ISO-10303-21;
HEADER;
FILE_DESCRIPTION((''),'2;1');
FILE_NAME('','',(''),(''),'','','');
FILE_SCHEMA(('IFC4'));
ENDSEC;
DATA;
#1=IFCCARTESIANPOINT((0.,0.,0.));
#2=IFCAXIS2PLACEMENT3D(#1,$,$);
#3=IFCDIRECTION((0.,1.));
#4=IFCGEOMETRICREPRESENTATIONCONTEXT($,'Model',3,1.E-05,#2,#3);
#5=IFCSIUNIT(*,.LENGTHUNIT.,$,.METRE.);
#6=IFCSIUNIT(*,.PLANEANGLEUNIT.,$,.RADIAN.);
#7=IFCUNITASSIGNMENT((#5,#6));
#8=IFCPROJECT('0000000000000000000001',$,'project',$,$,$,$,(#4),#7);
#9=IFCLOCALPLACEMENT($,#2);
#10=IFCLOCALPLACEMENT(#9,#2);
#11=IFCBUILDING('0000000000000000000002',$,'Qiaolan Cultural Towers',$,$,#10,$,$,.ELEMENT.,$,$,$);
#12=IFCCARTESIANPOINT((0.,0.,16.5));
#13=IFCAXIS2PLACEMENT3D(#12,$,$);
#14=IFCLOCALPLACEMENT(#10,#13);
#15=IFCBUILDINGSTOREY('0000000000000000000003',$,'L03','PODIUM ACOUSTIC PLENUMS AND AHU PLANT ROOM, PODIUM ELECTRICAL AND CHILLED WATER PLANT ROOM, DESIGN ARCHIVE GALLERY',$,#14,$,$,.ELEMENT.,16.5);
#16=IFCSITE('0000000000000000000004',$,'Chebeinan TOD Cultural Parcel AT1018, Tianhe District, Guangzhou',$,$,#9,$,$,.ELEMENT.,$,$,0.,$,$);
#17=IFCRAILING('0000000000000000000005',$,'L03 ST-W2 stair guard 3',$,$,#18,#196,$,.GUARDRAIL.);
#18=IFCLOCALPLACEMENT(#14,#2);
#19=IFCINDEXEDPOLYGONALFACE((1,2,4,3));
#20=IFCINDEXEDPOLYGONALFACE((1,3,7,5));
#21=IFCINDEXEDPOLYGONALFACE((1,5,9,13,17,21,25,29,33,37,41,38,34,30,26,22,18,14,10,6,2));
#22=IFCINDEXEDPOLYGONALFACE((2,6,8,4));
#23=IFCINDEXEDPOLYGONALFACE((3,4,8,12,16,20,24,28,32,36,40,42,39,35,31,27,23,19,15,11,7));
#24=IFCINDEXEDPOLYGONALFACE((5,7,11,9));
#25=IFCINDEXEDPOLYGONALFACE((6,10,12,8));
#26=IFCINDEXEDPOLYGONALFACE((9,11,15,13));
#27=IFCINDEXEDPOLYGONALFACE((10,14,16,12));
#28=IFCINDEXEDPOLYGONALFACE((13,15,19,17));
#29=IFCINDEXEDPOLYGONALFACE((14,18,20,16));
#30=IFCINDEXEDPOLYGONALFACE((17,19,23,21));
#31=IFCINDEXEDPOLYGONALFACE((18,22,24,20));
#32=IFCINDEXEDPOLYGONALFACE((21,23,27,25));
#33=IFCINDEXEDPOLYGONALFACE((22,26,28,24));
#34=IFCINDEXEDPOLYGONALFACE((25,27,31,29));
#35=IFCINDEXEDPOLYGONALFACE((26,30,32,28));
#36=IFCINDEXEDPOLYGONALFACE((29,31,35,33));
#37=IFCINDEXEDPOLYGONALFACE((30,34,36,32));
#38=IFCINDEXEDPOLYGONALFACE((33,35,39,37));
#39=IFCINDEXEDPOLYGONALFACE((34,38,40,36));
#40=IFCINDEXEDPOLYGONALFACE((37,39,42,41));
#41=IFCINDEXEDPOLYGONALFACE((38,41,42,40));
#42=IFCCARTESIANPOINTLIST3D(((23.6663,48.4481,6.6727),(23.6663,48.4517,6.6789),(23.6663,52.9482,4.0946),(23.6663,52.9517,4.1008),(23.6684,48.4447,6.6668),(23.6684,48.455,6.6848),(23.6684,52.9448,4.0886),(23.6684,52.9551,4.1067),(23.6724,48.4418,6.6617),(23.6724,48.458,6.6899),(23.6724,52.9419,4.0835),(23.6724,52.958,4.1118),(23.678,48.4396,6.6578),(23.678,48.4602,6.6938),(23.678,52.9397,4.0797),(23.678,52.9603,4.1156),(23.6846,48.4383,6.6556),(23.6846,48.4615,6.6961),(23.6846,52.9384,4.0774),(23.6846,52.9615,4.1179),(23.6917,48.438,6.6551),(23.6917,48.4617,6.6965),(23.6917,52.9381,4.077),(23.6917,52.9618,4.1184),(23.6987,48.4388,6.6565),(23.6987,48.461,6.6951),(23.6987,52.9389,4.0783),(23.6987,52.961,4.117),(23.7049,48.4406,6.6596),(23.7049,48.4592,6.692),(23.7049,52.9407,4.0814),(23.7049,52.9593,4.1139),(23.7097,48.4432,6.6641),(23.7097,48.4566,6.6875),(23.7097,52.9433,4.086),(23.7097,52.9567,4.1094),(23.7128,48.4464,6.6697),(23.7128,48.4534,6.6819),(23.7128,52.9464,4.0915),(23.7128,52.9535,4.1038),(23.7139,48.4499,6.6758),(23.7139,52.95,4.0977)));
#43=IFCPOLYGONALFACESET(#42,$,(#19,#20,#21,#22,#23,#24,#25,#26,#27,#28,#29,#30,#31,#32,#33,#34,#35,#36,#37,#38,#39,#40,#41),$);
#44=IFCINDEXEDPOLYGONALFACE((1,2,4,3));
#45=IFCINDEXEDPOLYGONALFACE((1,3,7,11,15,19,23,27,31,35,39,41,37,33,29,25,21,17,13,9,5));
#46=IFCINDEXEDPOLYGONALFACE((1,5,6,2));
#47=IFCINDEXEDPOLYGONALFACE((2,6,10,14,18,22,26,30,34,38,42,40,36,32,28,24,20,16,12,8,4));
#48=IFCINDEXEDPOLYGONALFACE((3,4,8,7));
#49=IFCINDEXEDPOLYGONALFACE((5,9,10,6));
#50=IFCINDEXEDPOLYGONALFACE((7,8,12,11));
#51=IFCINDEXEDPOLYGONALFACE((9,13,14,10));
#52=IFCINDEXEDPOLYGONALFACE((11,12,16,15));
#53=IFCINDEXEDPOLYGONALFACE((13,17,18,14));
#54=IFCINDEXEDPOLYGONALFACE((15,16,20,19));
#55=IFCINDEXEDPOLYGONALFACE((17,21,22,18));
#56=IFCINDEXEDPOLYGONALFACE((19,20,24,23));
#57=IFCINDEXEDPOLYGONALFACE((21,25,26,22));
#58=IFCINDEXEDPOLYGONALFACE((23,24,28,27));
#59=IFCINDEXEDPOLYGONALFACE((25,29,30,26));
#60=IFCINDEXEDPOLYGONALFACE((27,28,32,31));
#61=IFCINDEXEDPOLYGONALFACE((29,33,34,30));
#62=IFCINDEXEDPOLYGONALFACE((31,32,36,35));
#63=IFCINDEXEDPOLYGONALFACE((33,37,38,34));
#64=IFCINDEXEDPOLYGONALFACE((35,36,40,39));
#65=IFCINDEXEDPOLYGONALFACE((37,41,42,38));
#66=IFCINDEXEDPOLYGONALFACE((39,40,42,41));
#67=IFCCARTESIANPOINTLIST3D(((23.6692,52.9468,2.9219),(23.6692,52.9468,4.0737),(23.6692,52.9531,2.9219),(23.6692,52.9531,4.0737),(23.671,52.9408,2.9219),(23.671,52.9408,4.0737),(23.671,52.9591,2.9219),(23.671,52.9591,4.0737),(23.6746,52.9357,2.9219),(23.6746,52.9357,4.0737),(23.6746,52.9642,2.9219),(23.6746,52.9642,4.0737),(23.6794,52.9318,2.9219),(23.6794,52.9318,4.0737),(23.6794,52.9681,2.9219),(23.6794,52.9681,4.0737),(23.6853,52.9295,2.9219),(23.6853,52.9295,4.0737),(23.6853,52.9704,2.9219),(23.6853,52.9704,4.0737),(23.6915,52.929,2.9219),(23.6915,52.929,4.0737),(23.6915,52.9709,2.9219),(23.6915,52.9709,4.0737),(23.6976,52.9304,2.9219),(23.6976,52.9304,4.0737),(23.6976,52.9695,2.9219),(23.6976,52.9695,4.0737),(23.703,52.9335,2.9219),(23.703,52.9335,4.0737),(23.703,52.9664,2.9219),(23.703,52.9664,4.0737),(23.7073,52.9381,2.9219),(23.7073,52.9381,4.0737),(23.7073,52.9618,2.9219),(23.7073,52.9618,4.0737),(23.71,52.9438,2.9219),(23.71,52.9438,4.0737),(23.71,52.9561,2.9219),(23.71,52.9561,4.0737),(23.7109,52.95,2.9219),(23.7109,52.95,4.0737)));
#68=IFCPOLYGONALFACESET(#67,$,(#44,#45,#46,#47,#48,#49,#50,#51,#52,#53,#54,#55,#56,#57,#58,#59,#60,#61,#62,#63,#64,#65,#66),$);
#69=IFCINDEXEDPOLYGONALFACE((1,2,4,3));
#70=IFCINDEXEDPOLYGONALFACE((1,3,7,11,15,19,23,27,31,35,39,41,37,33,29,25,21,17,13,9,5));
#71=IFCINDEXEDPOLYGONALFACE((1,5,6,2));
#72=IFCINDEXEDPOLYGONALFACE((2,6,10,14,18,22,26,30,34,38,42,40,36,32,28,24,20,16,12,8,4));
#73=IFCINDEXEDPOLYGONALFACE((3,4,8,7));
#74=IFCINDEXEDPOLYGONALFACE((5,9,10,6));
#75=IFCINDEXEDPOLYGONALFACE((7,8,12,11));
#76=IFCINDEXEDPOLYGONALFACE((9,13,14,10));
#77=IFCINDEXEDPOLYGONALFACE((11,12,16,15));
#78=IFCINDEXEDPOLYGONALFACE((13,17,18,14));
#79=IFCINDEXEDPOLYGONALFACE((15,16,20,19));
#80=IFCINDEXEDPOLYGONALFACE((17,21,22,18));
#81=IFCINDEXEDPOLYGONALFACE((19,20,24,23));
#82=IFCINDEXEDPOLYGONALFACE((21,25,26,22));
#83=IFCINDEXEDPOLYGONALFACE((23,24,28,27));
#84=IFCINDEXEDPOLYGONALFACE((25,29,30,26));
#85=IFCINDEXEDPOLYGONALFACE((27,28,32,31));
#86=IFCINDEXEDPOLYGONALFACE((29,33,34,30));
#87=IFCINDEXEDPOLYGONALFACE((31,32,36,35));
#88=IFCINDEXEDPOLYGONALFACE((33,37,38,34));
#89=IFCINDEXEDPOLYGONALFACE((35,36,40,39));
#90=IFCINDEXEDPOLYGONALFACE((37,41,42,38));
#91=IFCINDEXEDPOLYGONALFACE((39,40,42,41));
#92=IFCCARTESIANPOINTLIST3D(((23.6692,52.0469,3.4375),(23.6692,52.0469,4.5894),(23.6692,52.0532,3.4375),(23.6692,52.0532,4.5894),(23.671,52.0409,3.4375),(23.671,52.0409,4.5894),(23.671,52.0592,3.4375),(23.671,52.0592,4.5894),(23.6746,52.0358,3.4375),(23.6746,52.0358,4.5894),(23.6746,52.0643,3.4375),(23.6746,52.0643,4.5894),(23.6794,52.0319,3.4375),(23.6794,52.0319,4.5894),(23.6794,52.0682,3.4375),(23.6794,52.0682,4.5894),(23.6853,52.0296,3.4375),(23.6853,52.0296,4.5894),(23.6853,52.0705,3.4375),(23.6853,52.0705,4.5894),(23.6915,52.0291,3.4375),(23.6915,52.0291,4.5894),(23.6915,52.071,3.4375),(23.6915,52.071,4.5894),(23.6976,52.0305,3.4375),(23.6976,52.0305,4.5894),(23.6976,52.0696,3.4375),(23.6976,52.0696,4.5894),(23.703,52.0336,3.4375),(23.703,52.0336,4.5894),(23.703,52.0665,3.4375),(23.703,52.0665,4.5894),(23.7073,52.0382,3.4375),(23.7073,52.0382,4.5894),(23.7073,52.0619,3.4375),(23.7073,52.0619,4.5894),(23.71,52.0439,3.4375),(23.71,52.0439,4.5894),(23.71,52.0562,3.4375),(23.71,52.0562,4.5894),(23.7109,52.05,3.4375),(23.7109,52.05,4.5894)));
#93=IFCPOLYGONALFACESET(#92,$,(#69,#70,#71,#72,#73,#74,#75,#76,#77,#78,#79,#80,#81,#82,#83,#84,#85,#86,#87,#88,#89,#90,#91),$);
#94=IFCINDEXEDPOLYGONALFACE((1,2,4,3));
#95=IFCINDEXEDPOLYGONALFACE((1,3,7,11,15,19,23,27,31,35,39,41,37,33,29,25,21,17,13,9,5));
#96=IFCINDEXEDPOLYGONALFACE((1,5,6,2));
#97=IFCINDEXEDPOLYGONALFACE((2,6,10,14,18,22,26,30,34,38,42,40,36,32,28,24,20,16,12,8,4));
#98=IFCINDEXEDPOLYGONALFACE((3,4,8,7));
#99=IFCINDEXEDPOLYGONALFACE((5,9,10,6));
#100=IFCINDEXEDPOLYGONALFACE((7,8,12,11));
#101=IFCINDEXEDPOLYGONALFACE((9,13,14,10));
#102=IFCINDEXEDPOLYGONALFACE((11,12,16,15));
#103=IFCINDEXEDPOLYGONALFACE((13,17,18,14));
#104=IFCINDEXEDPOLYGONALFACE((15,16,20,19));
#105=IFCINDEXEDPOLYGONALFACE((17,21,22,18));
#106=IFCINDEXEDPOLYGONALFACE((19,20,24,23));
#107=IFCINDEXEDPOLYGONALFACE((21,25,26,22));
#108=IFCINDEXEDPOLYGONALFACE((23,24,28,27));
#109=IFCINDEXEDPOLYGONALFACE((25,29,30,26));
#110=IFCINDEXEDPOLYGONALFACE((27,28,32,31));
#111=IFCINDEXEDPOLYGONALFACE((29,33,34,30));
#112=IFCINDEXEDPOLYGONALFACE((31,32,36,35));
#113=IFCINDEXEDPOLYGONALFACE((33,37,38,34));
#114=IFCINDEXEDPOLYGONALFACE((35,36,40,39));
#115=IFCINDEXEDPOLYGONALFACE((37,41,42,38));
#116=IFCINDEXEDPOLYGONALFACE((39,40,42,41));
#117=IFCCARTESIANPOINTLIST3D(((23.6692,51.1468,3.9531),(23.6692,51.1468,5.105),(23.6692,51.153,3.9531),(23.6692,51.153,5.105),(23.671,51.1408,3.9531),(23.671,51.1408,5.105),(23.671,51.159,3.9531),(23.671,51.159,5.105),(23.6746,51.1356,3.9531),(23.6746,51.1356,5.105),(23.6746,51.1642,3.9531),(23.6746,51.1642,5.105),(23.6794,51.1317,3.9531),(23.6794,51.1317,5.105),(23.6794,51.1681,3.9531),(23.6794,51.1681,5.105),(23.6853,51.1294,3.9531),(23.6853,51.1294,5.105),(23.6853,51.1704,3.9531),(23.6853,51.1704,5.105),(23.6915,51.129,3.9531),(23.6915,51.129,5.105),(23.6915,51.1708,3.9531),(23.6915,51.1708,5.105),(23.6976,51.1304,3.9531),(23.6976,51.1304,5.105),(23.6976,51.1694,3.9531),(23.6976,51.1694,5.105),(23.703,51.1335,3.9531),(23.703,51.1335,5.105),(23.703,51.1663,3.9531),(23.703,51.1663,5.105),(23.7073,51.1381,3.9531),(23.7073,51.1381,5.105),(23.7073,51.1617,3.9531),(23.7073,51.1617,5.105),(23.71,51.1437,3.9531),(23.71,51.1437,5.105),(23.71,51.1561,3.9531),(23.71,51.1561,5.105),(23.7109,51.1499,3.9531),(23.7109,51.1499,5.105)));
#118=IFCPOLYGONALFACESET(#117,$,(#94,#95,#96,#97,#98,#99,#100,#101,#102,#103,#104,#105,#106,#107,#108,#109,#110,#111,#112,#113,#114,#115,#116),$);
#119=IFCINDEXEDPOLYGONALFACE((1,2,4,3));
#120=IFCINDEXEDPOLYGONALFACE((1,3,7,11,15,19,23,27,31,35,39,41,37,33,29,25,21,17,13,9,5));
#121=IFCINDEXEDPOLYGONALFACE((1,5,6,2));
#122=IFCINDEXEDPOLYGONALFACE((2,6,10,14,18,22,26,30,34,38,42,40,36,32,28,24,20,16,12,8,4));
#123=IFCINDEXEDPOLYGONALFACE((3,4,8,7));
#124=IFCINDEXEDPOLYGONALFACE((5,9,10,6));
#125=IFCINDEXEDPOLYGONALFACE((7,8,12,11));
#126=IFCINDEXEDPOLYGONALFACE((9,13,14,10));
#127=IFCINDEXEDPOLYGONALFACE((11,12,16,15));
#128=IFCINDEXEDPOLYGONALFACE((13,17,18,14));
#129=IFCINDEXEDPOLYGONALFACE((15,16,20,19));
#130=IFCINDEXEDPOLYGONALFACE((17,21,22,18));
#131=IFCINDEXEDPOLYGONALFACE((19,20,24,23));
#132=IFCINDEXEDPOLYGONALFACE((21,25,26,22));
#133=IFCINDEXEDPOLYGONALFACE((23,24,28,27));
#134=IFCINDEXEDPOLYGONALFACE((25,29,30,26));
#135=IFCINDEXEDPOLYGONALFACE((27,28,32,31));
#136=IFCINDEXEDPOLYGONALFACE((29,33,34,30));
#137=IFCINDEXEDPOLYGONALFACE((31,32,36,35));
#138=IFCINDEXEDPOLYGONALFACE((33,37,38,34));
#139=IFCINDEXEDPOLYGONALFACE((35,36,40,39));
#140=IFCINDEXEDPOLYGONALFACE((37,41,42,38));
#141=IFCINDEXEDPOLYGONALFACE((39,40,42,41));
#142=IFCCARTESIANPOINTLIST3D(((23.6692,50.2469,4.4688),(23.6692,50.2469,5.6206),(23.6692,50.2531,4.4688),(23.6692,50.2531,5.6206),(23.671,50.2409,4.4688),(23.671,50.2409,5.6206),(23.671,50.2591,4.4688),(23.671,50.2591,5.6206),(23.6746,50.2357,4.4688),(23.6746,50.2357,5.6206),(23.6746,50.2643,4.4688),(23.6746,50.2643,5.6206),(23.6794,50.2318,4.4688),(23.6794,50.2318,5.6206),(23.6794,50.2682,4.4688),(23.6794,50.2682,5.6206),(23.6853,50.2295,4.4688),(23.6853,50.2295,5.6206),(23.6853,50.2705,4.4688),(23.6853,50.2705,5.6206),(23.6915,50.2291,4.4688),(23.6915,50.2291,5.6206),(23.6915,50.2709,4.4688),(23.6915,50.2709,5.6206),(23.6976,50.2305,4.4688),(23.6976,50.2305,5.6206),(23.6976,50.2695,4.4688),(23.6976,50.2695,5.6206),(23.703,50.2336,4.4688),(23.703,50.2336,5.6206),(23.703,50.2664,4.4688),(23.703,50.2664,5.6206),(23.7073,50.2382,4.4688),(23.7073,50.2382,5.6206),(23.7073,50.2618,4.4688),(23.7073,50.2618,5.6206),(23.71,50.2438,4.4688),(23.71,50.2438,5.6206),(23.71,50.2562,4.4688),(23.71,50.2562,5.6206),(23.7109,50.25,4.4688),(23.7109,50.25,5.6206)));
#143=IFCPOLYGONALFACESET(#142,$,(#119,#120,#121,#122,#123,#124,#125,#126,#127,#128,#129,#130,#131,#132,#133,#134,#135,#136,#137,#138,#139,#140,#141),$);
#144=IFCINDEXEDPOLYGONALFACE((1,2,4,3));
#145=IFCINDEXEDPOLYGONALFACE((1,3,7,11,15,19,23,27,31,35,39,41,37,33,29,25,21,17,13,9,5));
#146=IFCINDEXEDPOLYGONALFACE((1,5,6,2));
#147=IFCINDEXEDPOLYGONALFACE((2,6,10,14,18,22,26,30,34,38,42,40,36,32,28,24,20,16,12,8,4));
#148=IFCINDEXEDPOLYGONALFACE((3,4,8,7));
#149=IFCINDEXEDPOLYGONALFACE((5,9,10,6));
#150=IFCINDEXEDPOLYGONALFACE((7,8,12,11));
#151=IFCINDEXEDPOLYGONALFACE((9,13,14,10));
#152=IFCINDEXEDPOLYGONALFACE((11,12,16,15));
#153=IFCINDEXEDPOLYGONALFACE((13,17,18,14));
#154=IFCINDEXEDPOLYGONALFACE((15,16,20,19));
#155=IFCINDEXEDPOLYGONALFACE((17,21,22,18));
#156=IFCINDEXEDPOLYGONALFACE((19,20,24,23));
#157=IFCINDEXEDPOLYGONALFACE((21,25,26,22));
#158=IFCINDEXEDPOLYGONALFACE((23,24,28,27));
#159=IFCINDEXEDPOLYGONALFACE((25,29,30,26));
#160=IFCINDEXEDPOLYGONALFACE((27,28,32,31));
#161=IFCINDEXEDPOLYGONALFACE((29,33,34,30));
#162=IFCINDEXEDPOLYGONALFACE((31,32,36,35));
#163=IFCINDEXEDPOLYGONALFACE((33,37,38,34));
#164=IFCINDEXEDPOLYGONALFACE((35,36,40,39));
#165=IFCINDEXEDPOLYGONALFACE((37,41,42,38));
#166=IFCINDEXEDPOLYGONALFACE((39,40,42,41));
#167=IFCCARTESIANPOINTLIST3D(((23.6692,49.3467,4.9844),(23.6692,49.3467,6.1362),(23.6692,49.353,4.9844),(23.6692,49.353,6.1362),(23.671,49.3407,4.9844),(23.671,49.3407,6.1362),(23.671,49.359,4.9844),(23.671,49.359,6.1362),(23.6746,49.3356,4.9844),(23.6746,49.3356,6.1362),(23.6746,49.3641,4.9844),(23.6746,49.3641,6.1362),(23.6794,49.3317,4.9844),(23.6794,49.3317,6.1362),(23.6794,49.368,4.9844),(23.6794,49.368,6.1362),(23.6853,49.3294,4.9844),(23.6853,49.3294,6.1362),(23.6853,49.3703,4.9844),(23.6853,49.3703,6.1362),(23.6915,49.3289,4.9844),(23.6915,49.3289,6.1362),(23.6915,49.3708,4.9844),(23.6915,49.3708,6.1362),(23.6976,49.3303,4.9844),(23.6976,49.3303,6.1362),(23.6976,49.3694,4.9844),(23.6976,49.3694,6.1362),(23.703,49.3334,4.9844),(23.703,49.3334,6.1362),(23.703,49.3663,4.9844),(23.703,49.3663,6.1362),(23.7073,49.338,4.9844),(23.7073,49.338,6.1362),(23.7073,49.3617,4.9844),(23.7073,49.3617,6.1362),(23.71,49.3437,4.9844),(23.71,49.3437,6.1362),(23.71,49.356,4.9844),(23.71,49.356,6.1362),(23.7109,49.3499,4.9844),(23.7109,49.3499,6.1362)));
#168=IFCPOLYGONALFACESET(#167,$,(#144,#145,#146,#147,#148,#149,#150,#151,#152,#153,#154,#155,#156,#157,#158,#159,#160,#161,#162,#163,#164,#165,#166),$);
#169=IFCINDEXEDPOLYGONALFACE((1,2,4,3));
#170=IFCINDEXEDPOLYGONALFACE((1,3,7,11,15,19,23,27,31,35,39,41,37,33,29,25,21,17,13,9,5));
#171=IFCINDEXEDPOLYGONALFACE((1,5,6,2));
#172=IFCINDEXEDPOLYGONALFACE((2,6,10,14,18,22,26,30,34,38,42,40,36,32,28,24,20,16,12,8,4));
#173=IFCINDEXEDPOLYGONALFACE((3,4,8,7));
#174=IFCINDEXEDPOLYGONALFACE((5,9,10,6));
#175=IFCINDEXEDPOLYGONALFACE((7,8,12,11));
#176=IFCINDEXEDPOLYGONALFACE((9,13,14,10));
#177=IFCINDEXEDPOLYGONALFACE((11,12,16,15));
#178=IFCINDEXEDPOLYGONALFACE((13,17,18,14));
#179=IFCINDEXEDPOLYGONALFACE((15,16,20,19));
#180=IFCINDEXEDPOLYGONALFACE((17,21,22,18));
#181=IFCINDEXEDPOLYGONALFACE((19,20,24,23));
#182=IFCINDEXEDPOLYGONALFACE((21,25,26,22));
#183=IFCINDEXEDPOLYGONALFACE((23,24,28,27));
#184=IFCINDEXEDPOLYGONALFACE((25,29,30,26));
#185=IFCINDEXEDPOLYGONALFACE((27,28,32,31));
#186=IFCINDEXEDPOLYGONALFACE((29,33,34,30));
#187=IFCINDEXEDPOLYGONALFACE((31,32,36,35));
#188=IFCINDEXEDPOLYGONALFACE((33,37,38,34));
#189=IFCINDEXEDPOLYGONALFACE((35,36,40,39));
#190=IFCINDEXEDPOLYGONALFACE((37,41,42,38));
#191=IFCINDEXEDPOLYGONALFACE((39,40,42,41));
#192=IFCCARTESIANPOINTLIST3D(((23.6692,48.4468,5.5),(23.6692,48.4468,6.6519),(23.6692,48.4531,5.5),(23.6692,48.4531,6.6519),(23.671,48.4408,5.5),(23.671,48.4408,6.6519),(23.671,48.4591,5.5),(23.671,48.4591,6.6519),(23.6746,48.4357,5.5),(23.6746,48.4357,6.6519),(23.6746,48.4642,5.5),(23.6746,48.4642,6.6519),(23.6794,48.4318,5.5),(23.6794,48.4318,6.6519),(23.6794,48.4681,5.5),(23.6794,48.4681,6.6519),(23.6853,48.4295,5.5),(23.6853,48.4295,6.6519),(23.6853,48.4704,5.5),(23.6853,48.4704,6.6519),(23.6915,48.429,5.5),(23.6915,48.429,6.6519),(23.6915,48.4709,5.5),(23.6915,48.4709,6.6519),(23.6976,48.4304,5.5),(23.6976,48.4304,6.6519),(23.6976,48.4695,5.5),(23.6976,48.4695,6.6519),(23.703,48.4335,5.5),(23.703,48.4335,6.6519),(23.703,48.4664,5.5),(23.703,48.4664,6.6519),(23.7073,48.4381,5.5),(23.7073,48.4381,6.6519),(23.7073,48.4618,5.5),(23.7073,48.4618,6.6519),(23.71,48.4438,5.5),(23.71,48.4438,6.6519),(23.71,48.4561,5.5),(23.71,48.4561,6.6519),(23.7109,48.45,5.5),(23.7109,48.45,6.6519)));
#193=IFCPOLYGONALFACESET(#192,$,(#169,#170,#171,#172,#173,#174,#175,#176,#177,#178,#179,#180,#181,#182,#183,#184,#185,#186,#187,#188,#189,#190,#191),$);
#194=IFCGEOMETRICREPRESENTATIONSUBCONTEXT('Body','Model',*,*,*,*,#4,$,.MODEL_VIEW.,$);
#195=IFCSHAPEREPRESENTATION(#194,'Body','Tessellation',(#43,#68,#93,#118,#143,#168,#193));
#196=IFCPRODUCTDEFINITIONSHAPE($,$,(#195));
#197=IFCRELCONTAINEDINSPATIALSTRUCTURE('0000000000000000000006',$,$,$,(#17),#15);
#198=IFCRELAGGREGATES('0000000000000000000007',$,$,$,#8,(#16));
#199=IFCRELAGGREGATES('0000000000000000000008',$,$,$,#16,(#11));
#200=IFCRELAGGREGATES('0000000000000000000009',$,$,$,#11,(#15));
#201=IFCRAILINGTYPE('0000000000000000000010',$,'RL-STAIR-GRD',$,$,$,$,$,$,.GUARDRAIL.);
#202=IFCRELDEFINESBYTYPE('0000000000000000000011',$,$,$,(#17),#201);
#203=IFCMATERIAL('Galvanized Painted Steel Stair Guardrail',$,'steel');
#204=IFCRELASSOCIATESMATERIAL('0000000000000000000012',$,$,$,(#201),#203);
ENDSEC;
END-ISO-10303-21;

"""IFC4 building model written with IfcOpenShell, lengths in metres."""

from ifc_helpers import new_model, si_unit, direction, frame, origin, origin_2d, place, context, subcontext, project, spatial, circle, extrude, material, type_object, element, save


model = new_model("IFC4")

# Units and contexts
model_context = context("Model", 3, precision=1e-05, world=origin(), true_north=direction((0.0, 1.0)))
body_context = subcontext(model_context, "Body", "Model", "MODEL_VIEW")
ifc_project = project(units=[si_unit("LENGTHUNIT", "METRE"), si_unit("PLANEANGLEUNIT", "RADIAN")], contexts=[model_context])

# Site, building, storey
site_placement = place(None, origin())
site = spatial("IfcSite", under=ifc_project, at=site_placement, Name="Chebeinan TOD Cultural Parcel AT1018, Tianhe District, Guangzhou", CompositionType="ELEMENT", RefElevation=0.0)
building_placement = place(site_placement, origin())
building = spatial("IfcBuilding", under=site, at=building_placement, Name="Qiaolan Cultural Towers", CompositionType="ELEMENT")
storey_placement = place(building_placement, frame((0.0, 0.0, 16.5)))
storey = spatial("IfcBuildingStorey", under=building, at=storey_placement, Name="L03", Description="PODIUM ACOUSTIC PLENUMS AND AHU PLANT ROOM, PODIUM ELECTRICAL AND CHILLED WATER PLANT ROOM, DESIGN ARCHIVE GALLERY", CompositionType="ELEMENT", Elevation=16.5)

# Railing
ifc_material_1 = material(Name="Galvanized Painted Steel Stair Guardrail", Category="steel")
railing_type_1 = type_object("IfcRailingType", Name="RL-STAIR-GRD", PredefinedType="GUARDRAIL", material=ifc_material_1)
railing_1_placement = place(storey_placement, frame((23.6899, 52.95, 2.9219)))
element("IfcRailing", 1, at=railing_1_placement, inside=storey, type_object=railing_type_1, Name="L03 ST-W2 stair guard 3", PredefinedType="GUARDRAIL", context=body_context, shape_type="SweptSolid", body=[
    extrude(circle(Radius=0.0239, at=origin_2d()), frame((0.0, 0.0, 1.1758), z_axis=(0.0, -0.867686, 0.497112), x_axis=(1.0, 0.0, 0.0)), (0.0, 0.0, 1.0), 5.1863),
    extrude(circle(Radius=0.021, at=origin_2d()), origin(), (0.0, 0.0, 1.0), 1.1519),
    extrude(circle(Radius=0.021, at=origin_2d()), frame((0.0, -0.8999, 0.5156)), (0.0, 0.0, 1.0), 1.1519),
    extrude(circle(Radius=0.021, at=origin_2d()), frame((0.0, -1.8, 1.0312)), (0.0, 0.0, 1.0), 1.1519),
    extrude(circle(Radius=0.021, at=origin_2d()), frame((0.0, -2.7, 1.5469)), (0.0, 0.0, 1.0), 1.1519),
    extrude(circle(Radius=0.021, at=origin_2d()), frame((0.0, -3.6001, 2.0625)), (0.0, 0.0, 1.0), 1.1519),
    extrude(circle(Radius=0.021, at=origin_2d()), frame((0.0, -4.5, 2.5781)), (0.0, 0.0, 1.0), 1.1519),
])

save(model, "model.ifc")
